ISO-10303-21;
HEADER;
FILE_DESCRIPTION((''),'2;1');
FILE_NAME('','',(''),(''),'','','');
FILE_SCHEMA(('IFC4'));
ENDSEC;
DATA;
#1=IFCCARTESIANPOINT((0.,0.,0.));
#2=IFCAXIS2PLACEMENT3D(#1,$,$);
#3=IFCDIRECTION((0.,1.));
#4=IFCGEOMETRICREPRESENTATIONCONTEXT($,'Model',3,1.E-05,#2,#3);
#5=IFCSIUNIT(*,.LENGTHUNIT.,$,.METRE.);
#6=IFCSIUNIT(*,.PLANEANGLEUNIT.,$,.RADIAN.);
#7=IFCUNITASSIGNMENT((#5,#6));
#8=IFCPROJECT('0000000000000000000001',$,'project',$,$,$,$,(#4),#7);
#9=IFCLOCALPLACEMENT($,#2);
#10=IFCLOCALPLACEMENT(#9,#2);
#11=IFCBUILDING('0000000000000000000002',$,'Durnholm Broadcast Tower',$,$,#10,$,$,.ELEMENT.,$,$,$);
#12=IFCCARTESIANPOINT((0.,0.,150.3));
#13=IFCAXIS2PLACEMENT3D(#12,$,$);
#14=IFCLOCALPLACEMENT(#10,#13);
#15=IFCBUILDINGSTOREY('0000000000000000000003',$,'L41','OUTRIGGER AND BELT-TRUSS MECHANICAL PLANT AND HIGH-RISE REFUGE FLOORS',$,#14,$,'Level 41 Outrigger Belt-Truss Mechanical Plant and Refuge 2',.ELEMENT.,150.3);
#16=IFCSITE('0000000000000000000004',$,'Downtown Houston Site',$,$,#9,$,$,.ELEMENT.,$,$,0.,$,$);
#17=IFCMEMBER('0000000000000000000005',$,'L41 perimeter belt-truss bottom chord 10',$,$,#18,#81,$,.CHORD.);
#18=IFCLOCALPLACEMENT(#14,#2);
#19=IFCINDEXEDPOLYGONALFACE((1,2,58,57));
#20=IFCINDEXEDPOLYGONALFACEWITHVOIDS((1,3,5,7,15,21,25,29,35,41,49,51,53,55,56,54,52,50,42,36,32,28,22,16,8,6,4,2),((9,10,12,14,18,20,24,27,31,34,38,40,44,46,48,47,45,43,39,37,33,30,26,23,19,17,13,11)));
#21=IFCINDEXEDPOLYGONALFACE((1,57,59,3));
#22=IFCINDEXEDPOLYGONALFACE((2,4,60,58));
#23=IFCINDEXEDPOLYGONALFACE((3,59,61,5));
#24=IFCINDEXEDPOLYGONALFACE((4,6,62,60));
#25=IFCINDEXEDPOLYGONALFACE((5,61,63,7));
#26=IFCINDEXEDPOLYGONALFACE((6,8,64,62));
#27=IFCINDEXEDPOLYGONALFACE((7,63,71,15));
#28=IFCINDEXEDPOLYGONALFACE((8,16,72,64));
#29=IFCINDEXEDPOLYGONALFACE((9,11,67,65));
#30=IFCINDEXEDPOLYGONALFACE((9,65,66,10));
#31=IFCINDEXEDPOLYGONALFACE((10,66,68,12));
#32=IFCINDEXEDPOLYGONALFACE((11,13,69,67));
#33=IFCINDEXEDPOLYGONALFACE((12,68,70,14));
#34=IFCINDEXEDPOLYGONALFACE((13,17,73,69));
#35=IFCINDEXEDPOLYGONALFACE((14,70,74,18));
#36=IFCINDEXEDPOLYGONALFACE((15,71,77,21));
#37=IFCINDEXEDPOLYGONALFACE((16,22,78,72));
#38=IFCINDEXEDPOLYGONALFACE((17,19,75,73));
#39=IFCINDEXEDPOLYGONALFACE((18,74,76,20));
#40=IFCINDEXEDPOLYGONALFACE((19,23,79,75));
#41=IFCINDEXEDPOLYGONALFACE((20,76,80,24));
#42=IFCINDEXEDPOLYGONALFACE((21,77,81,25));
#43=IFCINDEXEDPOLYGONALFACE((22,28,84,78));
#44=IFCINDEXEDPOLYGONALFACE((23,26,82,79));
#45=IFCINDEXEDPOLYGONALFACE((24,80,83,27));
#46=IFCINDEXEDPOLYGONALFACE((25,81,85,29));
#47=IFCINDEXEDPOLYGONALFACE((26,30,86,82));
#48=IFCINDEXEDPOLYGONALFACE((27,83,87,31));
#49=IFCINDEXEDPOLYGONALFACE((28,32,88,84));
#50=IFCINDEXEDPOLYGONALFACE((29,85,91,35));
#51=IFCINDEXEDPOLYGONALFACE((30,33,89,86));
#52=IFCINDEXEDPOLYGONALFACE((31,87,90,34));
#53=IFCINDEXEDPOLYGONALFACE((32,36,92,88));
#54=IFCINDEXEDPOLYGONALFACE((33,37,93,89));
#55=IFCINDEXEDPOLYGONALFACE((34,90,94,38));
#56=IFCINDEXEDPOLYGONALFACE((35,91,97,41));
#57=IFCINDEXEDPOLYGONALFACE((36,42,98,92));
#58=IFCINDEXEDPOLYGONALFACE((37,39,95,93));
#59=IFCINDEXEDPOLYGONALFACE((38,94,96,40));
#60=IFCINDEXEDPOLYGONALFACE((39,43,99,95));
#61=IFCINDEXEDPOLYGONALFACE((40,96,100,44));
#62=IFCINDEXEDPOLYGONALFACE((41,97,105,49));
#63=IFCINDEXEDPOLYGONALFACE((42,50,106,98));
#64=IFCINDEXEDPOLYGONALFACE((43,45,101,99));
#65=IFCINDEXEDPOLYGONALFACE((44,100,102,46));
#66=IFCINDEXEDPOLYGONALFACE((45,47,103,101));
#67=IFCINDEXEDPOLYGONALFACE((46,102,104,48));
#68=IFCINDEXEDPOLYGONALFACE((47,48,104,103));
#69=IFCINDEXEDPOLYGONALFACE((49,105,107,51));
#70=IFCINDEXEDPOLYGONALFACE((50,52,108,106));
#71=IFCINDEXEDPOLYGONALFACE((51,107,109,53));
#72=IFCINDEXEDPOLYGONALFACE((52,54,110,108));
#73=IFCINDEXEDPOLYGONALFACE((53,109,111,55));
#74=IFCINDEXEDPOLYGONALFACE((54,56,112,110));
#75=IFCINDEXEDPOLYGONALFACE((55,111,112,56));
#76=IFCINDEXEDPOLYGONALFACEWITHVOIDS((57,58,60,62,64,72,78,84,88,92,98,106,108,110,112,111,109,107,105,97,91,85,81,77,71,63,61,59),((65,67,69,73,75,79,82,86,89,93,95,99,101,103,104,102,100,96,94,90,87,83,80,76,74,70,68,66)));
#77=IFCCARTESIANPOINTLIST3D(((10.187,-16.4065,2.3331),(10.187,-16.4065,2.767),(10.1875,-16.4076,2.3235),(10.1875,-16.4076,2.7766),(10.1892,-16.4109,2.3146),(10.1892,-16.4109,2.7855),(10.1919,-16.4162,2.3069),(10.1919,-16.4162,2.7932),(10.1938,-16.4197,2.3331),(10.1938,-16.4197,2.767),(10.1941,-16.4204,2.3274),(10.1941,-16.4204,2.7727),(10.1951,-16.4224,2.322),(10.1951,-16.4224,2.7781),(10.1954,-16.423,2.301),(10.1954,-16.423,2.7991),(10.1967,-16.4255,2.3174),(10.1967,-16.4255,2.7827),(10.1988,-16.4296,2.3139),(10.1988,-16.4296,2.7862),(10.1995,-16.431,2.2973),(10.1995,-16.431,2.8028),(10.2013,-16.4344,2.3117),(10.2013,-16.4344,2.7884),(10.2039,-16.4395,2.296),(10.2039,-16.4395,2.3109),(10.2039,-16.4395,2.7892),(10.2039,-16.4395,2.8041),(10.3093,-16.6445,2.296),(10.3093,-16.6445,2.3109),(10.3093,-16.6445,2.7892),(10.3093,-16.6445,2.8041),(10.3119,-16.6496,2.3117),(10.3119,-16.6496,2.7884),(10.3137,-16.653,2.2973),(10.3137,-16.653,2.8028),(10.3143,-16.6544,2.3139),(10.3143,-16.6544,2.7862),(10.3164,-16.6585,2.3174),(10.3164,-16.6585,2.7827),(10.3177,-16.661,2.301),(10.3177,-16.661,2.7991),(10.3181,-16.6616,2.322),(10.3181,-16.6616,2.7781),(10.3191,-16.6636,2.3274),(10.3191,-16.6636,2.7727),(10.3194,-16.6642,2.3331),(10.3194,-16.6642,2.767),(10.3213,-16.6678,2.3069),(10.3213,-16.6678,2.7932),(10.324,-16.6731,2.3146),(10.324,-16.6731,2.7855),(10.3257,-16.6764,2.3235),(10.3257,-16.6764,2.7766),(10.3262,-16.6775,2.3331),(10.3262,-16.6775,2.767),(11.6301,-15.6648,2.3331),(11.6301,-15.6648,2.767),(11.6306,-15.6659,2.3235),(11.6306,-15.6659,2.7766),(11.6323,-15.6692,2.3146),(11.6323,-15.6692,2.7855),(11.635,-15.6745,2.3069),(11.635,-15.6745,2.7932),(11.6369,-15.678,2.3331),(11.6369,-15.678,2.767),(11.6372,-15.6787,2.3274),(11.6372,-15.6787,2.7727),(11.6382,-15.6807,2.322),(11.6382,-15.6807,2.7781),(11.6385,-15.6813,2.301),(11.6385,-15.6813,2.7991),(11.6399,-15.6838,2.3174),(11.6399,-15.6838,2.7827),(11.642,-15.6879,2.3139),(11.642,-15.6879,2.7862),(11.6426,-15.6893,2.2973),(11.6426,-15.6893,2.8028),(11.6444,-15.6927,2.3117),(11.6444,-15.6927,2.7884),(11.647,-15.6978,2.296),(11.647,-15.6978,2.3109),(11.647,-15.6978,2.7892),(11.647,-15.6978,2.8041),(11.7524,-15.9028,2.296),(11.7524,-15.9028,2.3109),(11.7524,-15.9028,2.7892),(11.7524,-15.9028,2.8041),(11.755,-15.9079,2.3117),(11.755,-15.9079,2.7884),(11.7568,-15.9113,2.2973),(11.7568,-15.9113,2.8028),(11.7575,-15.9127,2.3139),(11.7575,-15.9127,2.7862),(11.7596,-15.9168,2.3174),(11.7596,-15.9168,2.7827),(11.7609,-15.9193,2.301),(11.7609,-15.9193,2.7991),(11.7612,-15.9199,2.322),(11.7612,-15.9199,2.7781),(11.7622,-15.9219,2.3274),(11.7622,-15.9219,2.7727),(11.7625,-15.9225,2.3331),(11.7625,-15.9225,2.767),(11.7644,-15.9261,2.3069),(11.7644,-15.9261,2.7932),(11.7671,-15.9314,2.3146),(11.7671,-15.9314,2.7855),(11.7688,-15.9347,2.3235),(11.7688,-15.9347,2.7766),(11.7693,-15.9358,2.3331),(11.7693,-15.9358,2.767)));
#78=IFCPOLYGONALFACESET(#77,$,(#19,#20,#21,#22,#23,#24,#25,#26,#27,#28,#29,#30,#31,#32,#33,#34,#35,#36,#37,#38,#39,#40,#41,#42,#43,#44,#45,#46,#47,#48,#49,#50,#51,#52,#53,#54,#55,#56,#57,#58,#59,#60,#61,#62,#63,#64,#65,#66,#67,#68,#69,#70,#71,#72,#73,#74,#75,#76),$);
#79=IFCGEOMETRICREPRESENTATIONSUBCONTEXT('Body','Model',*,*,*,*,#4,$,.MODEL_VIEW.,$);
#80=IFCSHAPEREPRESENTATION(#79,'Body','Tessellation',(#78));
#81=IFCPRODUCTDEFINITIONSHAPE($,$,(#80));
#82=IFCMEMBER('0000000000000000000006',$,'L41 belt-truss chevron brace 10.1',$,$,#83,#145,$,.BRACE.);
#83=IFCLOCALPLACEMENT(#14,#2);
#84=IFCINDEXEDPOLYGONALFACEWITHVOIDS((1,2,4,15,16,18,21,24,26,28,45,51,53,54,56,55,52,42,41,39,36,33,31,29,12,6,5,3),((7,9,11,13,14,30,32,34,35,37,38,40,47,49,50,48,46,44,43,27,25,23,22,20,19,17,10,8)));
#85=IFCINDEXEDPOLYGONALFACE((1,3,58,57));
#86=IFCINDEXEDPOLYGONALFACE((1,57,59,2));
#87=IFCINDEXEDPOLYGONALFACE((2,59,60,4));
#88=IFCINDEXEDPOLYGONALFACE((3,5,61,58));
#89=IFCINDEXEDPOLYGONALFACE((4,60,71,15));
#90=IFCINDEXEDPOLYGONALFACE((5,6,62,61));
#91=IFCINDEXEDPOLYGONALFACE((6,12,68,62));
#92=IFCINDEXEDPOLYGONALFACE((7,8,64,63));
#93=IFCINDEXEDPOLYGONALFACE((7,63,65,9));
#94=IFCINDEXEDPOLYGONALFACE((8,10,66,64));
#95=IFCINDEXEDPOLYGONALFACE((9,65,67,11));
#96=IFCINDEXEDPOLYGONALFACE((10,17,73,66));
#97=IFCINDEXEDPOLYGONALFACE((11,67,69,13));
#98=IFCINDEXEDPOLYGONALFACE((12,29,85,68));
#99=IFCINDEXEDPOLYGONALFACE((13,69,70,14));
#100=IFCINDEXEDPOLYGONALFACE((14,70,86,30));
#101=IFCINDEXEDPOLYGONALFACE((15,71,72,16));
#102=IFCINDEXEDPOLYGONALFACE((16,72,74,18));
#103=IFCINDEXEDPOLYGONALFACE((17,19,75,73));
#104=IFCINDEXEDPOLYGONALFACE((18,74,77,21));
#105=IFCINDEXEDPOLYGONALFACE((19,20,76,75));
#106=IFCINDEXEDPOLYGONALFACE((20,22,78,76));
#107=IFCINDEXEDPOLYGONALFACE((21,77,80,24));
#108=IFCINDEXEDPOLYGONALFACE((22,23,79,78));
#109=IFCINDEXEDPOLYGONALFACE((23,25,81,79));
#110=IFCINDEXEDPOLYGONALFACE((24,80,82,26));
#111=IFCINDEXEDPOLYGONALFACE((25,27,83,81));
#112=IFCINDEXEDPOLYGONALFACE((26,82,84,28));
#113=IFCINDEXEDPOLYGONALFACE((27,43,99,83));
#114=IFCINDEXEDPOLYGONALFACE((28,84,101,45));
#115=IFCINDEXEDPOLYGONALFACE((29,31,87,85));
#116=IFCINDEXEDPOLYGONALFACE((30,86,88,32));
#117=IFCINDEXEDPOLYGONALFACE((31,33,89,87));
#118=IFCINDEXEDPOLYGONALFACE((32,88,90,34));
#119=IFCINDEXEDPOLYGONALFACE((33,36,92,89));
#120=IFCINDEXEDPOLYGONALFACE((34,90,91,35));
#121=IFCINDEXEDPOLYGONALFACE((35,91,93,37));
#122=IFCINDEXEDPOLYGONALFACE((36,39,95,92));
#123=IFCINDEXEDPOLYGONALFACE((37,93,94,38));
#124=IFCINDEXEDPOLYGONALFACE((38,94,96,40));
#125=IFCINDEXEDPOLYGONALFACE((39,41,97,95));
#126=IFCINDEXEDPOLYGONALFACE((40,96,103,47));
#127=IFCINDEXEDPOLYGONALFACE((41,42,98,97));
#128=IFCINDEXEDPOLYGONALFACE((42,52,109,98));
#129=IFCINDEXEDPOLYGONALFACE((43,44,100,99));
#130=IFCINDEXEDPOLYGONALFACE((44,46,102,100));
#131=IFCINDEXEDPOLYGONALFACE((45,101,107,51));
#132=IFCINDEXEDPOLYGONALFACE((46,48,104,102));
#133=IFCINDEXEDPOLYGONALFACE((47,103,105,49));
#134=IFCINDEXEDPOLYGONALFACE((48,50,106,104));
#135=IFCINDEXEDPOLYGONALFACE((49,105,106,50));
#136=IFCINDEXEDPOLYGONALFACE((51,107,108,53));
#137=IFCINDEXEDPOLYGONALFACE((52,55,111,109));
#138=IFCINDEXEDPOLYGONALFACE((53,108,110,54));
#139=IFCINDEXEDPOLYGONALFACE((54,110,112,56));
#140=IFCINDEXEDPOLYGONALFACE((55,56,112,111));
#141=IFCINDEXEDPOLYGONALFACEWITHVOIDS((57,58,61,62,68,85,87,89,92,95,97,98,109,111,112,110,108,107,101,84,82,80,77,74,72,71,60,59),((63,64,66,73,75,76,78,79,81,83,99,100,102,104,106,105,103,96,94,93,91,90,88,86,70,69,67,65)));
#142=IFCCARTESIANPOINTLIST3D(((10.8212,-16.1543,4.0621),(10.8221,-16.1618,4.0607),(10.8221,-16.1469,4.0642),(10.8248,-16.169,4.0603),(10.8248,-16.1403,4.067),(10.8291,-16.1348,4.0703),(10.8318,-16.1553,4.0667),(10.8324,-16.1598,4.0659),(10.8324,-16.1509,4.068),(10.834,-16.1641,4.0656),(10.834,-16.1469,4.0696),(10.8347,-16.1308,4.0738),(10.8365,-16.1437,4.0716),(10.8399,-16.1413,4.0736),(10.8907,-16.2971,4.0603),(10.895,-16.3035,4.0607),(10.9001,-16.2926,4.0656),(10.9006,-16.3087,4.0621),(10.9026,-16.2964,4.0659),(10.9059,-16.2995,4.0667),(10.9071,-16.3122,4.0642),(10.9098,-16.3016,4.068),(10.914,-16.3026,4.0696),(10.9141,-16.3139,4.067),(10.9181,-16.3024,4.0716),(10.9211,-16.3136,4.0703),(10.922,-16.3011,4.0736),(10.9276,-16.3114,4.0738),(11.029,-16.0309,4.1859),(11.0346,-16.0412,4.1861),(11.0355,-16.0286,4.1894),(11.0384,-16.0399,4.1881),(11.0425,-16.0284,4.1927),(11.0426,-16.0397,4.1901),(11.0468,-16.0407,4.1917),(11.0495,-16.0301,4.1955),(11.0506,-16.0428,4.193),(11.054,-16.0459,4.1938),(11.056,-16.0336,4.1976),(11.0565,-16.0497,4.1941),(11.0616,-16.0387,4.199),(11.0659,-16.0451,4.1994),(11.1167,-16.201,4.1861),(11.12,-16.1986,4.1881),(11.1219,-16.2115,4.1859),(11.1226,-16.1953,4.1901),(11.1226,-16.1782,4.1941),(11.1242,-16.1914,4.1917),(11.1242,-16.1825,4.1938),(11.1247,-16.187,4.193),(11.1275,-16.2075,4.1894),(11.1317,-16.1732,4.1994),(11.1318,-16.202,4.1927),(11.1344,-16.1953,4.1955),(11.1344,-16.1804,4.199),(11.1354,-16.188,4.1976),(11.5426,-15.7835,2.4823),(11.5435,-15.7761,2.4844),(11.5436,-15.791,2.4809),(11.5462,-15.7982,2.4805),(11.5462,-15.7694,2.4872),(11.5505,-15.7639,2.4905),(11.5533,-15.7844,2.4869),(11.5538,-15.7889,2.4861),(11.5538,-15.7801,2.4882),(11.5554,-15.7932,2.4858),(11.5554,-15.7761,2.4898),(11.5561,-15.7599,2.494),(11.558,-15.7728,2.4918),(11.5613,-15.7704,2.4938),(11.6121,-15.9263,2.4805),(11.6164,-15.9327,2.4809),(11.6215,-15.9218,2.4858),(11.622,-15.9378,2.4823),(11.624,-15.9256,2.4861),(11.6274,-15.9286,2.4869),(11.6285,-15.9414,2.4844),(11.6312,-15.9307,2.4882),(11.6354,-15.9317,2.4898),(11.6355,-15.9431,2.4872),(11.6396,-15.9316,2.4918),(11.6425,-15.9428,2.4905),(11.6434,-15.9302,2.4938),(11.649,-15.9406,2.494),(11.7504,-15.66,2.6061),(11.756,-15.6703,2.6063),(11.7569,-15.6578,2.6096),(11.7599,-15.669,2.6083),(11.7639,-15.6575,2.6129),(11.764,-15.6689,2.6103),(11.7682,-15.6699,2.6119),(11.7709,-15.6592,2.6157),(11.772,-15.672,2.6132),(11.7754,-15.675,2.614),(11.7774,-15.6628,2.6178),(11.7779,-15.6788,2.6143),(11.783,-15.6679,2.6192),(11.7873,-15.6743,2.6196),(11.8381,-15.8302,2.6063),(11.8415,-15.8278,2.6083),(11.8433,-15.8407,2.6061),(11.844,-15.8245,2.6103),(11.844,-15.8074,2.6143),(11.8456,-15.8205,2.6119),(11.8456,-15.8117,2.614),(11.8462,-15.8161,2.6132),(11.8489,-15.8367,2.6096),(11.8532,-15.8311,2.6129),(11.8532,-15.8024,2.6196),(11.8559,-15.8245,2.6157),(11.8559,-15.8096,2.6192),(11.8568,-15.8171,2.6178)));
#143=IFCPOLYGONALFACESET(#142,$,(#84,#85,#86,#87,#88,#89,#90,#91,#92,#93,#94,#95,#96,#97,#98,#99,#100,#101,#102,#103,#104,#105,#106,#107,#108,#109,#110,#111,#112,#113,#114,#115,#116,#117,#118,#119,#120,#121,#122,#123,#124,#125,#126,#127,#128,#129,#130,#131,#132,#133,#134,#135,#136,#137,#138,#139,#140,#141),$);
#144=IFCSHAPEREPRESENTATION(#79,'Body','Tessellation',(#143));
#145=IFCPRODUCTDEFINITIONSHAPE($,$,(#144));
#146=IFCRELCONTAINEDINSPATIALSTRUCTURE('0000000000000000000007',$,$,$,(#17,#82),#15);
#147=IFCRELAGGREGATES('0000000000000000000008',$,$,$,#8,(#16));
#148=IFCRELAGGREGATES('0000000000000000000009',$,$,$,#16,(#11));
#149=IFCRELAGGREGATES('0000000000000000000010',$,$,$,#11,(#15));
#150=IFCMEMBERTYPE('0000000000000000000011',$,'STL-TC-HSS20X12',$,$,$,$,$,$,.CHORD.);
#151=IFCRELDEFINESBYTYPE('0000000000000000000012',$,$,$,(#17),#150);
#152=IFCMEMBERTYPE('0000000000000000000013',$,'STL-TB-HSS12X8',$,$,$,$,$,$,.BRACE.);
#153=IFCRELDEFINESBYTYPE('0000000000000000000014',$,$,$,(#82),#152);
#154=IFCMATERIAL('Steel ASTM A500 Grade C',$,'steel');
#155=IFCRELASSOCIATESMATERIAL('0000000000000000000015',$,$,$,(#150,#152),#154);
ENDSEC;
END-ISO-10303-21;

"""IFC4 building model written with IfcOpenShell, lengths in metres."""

from ifc_helpers import new_model, si_unit, direction, frame, origin, origin_2d, place, context, subcontext, project, spatial, hollow_rectangle, extrude, source, transform, mapped, material, material_profile, profile_set, type_object, type_shapes, element, save


model = new_model("IFC4")

# Units and contexts
model_context = context("Model", 3, precision=1e-05, world=origin(), true_north=direction((0.0, 1.0)))
body_context = subcontext(model_context, "Body", "Model", "MODEL_VIEW")
ifc_project = project(units=[si_unit("LENGTHUNIT", "METRE"), si_unit("PLANEANGLEUNIT", "RADIAN")], contexts=[model_context])

# Site, building, storey
site_placement = place(None, origin())
site = spatial("IfcSite", under=ifc_project, at=site_placement, Name="Downtown Houston Site", CompositionType="ELEMENT", RefElevation=0.0)
building_placement = place(site_placement, origin())
building = spatial("IfcBuilding", under=site, at=building_placement, Name="Durnholm Broadcast Tower", CompositionType="ELEMENT")
storey_placement = place(building_placement, frame((0.0, 0.0, 150.3)))
storey = spatial("IfcBuildingStorey", under=building, at=storey_placement, Name="L41", Description="OUTRIGGER AND BELT-TRUSS MECHANICAL PLANT AND HIGH-RISE REFUGE FLOORS", LongName="Level 41 Outrigger Belt-Truss Mechanical Plant and Refuge 2", CompositionType="ELEMENT", Elevation=150.3)

# Members
ifc_material_1 = material(Name="Steel ASTM A500 Grade C", Category="steel")
ifc_material_profile_1 = material_profile(ifc_material_1, hollow_rectangle(XDim=0.3047, YDim=0.5081, WallThickness=0.0149, InnerFilletRadius=0.0222, OuterFilletRadius=0.0371, at=origin_2d()), Name="HSS20X12X5/8")
ifc_profile_set_1 = profile_set([ifc_material_profile_1], Name="Steel ASTM A500 Grade C")
member_type_1 = type_object("IfcMemberType", Name="STL-TC-HSS20X12", PredefinedType="CHORD", material=ifc_profile_set_1)
shared_shape_1 = source(origin(), body_context, "Body", "SweptSolid", [
    extrude(hollow_rectangle(XDim=0.3047, YDim=0.5081, WallThickness=0.0149, InnerFilletRadius=0.0222, OuterFilletRadius=0.0371, at=origin_2d()), origin(), (0.0, 0.0, 1.0), 1.6226),
])
type_shapes(member_type_1, [shared_shape_1])
member_1_placement = place(storey_placement, frame((11.6997, -15.8003, 2.55), z_axis=(-0.889407, -0.457117, 0.0), x_axis=(0.457117, -0.889407, 0.0)))
element("IfcMember", 1, at=member_1_placement, inside=storey, type_object=member_type_1, Name="L41 perimeter belt-truss bottom chord 10", PredefinedType="CHORD", context=body_context, shape_type="MappedRepresentation", body=[
    mapped(shared_shape_1, transform((0.0, 0.0, 0.0), x_axis=(1.0, 0.0, 0.0), y_axis=(0.0, 1.0, 0.0), z_axis=(0.0, 0.0, 1.0), scale=1.0)),
])
ifc_material_profile_2 = material_profile(ifc_material_1, hollow_rectangle(XDim=0.2031, YDim=0.3047, WallThickness=0.0117, InnerFilletRadius=0.0176, OuterFilletRadius=0.0295, at=origin_2d()), Name="HSS12X8X1/2")
ifc_profile_set_2 = profile_set([ifc_material_profile_2], Name="Steel ASTM A500 Grade C")
member_type_2 = type_object("IfcMemberType", Name="STL-TB-HSS12X8", PredefinedType="BRACE", material=ifc_profile_set_2)
shared_shape_2 = source(origin(), body_context, "Body", "SweptSolid", [
    extrude(hollow_rectangle(XDim=0.2031, YDim=0.3047, WallThickness=0.0117, InnerFilletRadius=0.0176, OuterFilletRadius=0.0295, at=origin_2d()), origin(), (0.0, 0.0, 1.0), 1.7759),
])
type_shapes(member_type_2, [shared_shape_2])
member_2_placement = place(storey_placement, frame((11.6997, -15.8003, 2.55), z_axis=(-0.406233, -0.208822, 0.889589), x_axis=(0.457178, -0.889375, 0.0)))
element("IfcMember", 2, at=member_2_placement, inside=storey, type_object=member_type_2, Name="L41 belt-truss chevron brace 10.1", PredefinedType="BRACE", context=body_context, shape_type="MappedRepresentation", body=[
    mapped(shared_shape_2, transform((0.0, 0.0, 0.0), x_axis=(1.0, 0.0, 0.0), y_axis=(0.0, 1.0, 0.0), z_axis=(0.0, 0.0, 1.0), scale=1.0)),
])

save(model, "model.ifc")
